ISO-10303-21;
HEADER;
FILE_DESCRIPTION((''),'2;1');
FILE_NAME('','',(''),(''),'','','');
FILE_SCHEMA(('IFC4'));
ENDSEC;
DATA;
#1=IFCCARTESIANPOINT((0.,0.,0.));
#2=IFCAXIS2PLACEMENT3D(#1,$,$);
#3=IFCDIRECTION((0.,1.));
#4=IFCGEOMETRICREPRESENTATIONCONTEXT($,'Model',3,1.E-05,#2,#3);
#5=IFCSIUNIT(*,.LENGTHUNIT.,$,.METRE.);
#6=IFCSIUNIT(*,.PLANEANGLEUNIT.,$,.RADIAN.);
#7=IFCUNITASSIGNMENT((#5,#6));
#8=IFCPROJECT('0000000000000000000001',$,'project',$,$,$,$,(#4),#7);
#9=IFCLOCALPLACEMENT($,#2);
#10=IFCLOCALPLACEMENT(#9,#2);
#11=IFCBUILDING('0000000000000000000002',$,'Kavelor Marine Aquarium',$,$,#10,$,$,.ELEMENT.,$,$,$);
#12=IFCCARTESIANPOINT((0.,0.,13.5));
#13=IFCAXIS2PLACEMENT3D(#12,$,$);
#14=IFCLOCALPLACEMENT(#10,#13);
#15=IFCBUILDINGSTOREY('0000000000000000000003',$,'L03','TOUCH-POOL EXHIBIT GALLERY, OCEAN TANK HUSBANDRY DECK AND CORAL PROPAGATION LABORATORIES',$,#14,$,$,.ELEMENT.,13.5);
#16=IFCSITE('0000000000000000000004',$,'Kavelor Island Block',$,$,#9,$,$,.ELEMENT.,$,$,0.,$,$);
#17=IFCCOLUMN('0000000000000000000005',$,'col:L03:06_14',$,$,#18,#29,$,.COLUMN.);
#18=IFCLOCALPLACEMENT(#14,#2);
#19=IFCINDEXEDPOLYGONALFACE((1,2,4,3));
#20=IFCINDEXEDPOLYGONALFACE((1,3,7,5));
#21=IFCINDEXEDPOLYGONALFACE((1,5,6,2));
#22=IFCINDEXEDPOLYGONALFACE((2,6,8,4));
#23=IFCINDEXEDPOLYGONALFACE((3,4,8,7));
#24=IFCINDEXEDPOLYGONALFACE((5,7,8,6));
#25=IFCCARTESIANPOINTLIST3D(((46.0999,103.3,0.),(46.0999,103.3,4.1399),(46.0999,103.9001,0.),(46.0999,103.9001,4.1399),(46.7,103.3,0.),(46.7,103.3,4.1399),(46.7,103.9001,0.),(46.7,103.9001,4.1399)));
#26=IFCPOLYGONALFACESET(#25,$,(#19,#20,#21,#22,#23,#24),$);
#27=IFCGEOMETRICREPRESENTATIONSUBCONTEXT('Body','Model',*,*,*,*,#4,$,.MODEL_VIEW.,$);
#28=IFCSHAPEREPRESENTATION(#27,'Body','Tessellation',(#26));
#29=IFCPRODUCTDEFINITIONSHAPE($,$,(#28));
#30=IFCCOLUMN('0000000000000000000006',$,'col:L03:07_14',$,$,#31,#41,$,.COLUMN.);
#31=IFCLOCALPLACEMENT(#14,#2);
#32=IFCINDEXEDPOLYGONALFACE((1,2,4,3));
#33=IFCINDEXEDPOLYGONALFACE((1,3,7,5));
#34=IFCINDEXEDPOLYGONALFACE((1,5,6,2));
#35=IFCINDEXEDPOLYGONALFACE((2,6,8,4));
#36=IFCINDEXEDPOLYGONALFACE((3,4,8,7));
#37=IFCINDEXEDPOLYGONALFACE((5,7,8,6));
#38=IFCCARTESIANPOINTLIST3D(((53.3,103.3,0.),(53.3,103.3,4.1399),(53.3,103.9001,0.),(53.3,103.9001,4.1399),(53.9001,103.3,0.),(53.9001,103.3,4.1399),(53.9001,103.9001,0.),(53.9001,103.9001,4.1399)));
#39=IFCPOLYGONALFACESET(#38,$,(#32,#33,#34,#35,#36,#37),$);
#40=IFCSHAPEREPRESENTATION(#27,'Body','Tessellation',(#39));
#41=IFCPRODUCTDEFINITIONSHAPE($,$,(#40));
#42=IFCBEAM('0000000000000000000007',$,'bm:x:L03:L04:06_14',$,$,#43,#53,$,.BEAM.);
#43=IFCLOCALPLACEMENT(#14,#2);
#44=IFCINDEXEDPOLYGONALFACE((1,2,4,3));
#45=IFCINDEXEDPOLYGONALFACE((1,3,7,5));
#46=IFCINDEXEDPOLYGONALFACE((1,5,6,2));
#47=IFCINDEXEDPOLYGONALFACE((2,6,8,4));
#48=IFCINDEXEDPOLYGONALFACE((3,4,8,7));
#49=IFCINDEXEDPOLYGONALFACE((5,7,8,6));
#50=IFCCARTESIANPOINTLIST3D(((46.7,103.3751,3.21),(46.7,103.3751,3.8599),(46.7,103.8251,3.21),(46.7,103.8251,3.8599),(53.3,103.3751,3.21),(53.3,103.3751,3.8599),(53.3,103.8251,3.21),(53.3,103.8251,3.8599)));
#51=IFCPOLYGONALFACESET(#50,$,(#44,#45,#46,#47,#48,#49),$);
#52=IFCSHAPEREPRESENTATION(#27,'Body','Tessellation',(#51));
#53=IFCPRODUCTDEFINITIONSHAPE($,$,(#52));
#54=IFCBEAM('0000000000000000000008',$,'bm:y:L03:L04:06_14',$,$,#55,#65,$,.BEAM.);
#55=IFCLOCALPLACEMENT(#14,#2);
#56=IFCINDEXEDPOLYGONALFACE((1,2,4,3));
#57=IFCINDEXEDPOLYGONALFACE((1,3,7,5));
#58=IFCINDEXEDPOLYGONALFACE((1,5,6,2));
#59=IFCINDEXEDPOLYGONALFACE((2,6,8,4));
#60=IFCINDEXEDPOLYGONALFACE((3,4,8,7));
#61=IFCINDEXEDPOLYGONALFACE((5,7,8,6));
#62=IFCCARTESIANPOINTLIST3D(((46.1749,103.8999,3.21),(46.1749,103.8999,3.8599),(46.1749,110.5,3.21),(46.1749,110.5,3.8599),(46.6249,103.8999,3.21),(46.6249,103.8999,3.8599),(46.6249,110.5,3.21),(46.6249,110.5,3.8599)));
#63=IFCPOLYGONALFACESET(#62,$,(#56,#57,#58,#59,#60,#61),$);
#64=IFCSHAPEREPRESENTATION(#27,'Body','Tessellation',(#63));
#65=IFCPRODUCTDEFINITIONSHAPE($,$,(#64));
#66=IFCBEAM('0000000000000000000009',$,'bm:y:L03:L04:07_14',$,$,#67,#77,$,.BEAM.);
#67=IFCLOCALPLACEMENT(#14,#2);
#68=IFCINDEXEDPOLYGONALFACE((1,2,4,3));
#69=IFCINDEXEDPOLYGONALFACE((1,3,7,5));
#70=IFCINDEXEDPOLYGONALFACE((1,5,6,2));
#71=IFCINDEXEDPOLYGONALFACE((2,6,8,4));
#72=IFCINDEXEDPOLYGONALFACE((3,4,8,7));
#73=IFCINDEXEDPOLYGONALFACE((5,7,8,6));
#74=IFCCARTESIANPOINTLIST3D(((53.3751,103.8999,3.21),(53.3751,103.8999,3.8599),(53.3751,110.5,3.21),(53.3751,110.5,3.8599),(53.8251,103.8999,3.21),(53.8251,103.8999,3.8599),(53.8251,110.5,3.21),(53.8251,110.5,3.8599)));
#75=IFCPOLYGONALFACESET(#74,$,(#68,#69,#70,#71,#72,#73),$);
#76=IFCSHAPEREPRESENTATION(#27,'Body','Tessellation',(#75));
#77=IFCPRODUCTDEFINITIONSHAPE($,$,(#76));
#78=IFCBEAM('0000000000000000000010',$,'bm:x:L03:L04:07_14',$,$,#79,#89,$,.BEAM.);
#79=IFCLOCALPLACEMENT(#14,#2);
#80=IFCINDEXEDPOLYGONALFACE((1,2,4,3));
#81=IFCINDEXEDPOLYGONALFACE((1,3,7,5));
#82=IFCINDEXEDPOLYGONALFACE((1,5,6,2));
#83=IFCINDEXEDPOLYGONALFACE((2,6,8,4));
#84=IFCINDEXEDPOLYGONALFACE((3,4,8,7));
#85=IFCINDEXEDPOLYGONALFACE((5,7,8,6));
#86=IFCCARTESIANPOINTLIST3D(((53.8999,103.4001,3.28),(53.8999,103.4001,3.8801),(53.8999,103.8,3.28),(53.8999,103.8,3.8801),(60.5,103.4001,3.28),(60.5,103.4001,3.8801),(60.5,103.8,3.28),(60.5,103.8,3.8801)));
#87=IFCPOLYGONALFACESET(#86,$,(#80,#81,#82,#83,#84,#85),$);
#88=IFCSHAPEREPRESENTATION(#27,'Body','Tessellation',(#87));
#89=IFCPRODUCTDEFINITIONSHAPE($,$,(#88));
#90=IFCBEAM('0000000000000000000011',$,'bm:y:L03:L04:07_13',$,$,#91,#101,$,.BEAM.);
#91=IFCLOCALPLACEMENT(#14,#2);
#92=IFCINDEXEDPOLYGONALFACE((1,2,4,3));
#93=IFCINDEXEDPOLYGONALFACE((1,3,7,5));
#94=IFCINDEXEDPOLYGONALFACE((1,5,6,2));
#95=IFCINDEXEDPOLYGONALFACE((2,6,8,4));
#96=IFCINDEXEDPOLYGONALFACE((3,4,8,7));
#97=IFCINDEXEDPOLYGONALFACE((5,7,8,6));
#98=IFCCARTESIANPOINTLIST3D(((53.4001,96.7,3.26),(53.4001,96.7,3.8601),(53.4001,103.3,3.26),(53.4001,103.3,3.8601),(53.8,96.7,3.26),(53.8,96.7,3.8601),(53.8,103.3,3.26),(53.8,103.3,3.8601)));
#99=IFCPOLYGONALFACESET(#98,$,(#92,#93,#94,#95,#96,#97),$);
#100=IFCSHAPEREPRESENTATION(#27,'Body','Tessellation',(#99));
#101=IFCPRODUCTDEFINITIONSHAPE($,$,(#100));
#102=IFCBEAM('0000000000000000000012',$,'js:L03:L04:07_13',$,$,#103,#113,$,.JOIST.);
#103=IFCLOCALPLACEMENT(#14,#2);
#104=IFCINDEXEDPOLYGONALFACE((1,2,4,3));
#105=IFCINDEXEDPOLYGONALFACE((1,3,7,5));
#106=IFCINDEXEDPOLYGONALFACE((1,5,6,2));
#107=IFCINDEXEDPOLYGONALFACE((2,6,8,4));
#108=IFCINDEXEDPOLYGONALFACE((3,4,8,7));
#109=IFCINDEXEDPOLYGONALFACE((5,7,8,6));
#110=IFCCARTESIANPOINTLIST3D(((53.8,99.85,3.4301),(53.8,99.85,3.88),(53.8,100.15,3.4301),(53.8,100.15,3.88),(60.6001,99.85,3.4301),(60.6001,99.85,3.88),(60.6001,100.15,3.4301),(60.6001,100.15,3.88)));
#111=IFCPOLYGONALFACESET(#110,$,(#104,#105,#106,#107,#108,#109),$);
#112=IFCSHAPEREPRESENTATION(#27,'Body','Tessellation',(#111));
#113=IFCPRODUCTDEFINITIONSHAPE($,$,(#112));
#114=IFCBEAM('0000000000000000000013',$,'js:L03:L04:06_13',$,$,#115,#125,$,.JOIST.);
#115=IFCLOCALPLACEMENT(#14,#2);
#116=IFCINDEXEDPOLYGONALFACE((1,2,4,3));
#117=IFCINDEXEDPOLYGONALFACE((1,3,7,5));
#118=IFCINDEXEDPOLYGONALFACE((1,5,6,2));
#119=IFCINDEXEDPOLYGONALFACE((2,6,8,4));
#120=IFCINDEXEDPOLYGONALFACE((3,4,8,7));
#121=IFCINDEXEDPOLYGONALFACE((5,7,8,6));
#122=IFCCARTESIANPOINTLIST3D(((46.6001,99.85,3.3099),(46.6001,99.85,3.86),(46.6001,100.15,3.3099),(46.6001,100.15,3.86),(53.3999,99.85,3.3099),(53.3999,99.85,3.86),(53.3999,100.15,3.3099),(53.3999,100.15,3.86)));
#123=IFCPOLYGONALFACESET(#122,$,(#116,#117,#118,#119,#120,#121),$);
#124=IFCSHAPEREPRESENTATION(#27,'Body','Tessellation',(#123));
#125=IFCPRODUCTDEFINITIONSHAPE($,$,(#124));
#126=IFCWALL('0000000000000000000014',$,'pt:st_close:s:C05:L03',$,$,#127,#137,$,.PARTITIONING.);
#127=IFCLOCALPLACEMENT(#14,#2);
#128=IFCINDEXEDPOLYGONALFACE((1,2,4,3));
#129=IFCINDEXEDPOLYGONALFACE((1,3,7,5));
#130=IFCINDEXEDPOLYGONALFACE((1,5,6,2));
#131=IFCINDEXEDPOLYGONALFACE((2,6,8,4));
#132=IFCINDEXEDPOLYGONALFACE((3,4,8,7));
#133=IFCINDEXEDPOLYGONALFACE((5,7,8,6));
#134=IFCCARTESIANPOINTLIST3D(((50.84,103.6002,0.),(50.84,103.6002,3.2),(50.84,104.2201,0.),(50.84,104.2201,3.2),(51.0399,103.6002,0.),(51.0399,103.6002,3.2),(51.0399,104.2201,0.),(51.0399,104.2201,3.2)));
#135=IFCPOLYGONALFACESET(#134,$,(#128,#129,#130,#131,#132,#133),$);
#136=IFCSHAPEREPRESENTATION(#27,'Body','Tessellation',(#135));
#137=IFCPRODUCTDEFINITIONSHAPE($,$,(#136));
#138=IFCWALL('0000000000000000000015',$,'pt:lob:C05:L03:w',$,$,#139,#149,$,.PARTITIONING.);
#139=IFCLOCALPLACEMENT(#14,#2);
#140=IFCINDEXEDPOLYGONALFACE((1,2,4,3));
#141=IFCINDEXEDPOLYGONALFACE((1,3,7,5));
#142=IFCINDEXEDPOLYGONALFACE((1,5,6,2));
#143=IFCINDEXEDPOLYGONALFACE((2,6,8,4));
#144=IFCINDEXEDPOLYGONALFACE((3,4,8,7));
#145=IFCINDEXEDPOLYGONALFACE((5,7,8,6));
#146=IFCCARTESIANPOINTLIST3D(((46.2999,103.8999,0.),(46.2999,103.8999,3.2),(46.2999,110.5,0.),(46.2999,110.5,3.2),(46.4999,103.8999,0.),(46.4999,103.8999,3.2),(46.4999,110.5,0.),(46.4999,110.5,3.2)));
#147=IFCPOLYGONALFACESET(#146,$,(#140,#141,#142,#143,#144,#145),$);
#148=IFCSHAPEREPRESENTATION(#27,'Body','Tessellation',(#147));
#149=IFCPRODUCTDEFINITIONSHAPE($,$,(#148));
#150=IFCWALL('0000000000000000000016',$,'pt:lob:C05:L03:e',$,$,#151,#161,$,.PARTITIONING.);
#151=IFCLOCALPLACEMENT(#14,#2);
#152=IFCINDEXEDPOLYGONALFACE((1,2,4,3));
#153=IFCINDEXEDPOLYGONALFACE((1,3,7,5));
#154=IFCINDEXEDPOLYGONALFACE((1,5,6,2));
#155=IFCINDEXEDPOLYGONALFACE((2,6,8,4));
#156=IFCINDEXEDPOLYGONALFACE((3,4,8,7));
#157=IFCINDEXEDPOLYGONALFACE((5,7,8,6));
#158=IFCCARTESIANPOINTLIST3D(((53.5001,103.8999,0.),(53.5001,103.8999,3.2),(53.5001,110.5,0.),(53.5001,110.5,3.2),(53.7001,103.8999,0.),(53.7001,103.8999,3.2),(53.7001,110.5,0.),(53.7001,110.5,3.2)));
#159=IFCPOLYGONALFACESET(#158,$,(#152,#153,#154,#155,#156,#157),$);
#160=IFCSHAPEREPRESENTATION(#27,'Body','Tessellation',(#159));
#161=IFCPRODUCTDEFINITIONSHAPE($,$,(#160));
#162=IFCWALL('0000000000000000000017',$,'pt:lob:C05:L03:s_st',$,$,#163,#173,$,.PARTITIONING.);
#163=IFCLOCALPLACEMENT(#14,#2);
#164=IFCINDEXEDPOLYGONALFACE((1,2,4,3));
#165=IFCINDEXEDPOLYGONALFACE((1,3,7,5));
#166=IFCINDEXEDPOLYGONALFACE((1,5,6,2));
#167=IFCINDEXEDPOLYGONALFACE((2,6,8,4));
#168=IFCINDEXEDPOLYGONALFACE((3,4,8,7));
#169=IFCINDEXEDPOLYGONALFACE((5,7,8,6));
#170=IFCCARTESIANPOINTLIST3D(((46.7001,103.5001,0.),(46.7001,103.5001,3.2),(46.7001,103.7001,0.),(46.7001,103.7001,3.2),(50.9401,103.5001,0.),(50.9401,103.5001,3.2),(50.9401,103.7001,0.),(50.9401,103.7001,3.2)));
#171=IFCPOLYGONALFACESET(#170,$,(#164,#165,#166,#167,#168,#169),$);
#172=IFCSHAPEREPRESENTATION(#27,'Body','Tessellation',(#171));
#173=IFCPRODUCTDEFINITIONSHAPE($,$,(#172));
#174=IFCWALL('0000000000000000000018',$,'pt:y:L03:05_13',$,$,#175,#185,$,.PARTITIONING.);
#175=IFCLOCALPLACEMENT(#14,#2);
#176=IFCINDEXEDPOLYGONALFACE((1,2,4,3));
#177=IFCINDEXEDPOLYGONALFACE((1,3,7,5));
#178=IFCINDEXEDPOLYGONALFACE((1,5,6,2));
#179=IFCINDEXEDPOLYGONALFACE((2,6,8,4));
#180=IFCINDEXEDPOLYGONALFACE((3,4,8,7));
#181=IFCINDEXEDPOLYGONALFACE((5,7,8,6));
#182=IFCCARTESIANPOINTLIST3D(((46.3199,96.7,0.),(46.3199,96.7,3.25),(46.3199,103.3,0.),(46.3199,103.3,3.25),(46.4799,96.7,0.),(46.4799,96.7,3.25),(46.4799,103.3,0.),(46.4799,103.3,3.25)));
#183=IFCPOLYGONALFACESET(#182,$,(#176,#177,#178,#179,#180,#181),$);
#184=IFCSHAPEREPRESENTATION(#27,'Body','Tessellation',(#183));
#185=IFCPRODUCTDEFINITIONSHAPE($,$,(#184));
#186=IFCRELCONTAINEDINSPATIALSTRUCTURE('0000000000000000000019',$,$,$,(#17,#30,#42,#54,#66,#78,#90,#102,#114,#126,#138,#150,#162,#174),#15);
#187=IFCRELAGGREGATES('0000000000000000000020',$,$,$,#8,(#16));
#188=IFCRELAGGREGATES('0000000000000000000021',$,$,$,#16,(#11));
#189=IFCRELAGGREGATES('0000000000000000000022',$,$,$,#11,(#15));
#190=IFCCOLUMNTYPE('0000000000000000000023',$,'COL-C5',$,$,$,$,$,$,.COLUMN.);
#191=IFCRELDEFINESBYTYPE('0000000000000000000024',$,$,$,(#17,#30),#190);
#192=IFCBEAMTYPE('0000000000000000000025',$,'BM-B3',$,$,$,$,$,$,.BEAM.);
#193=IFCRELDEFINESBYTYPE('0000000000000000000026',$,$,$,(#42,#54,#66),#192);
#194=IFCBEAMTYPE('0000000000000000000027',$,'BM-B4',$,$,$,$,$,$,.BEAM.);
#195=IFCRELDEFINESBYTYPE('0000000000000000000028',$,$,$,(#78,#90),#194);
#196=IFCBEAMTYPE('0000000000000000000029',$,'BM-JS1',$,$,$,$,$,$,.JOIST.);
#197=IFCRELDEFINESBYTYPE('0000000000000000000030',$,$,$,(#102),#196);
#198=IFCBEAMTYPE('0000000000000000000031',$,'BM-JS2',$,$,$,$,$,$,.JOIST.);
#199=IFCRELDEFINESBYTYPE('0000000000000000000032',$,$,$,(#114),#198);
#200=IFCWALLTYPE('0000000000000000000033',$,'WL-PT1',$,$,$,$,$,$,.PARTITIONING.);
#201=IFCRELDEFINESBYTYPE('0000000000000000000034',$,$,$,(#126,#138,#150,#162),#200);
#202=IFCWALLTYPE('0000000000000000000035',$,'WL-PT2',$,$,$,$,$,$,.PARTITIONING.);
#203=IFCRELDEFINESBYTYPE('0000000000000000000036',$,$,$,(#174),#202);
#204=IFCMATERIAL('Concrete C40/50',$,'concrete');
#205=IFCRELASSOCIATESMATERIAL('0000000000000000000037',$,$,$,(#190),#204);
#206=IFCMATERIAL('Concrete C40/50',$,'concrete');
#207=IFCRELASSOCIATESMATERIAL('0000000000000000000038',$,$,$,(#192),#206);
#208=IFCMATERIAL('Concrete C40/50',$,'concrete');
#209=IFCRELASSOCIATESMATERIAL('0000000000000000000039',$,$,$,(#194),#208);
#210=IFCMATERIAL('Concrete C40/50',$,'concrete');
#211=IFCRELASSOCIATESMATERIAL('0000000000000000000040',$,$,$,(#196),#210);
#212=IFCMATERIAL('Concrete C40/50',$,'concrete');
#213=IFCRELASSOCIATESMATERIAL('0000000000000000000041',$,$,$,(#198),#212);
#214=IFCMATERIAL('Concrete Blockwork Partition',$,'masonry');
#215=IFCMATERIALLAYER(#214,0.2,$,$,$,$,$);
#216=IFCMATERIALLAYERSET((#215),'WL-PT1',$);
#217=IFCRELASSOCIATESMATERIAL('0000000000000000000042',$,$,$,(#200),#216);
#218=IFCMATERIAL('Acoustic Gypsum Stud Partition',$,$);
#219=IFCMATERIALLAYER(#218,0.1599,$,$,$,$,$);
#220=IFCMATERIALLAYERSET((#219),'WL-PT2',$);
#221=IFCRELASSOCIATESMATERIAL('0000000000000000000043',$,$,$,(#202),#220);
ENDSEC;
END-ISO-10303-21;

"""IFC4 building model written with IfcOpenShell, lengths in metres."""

from ifc_helpers import new_model, si_unit, direction, frame, frame_2d, origin, origin_2d, place, context, subcontext, project, spatial, rectangle, extrude, material, layer, layer_set, material_profile, profile_set, type_object, element, save


model = new_model("IFC4")

# Units and contexts
model_context = context("Model", 3, precision=1e-05, world=origin(), true_north=direction((0.0, 1.0)))
body_context = subcontext(model_context, "Body", "Model", "MODEL_VIEW")
ifc_project = project(units=[si_unit("LENGTHUNIT", "METRE"), si_unit("PLANEANGLEUNIT", "RADIAN")], contexts=[model_context])

# Site, building, storey
site_placement = place(None, origin())
site = spatial("IfcSite", under=ifc_project, at=site_placement, Name="Kavelor Island Block", CompositionType="ELEMENT", RefElevation=0.0)
building_placement = place(site_placement, origin())
building = spatial("IfcBuilding", under=site, at=building_placement, Name="Kavelor Marine Aquarium", CompositionType="ELEMENT")
storey_placement = place(building_placement, frame((0.0, 0.0, 13.5)))
storey = spatial("IfcBuildingStorey", under=building, at=storey_placement, Name="L03", Description="TOUCH-POOL EXHIBIT GALLERY, OCEAN TANK HUSBANDRY DECK AND CORAL PROPAGATION LABORATORIES", CompositionType="ELEMENT", Elevation=13.5)

# Columns
ifc_material_1 = material(Name="Concrete C40/50", Category="concrete")
ifc_material_profile_1 = material_profile(ifc_material_1, rectangle(XDim=0.6001, YDim=0.6001, at=origin_2d()), Name="RC-COL 600x600")
ifc_profile_set_1 = profile_set([ifc_material_profile_1], Name="Concrete C40/50")
column_type = type_object("IfcColumnType", Name="COL-C5", PredefinedType="COLUMN", material=ifc_profile_set_1)
for number, where, z_axis, x_axis, name in (
    (1, (46.3999, 103.6001, 0.0), (0.0, 0.0, 1.0), (1.0, 0.0, 0.0), "col:L03:06_14"),
    (2, (53.6001, 103.6001, 0.0), (0.0, 0.0, 1.0), (1.0, 0.0, 0.0), "col:L03:07_14"),
):
    element("IfcColumn", number, at=place(storey_placement, frame(where, z_axis=z_axis, x_axis=x_axis)), inside=storey, type_object=column_type, Name=name, PredefinedType="COLUMN", context=body_context, shape_type="SweptSolid", body=[
        extrude(rectangle(XDim=0.6001, YDim=0.6001, at=origin_2d()), origin(), (0.0, 0.0, 1.0), 4.1399),
    ])

# Beams
ifc_material_2 = material(Name="Concrete C40/50", Category="concrete")
ifc_material_profile_2 = material_profile(ifc_material_2, rectangle(XDim=0.45, YDim=0.6499, at=origin_2d()), Name="RC-BM 450x650")
ifc_profile_set_2 = profile_set([ifc_material_profile_2], Name="Concrete C40/50")
beam_type_1 = type_object("IfcBeamType", Name="BM-B3", PredefinedType="BEAM", material=ifc_profile_set_2)
for number, where, z_axis, x_axis, name in (
    (3, (46.7, 103.6001, 3.5349), (1.0, 0.0, 0.0), (0.0, 1.0, 0.0), "bm:x:L03:L04:06_14"),
    (4, (46.3999, 103.8999, 3.5349), (0.0, 1.0, 0.0), (-1.0, 0.0, 0.0), "bm:y:L03:L04:06_14"),
    (5, (53.6001, 103.8999, 3.5349), (0.0, 1.0, 0.0), (-1.0, 0.0, 0.0), "bm:y:L03:L04:07_14"),
):
    element("IfcBeam", number, at=place(storey_placement, frame(where, z_axis=z_axis, x_axis=x_axis)), inside=storey, type_object=beam_type_1, Name=name, PredefinedType="BEAM", context=body_context, shape_type="SweptSolid", body=[
        extrude(rectangle(XDim=0.45, YDim=0.6499, at=origin_2d()), origin(), (0.0, 0.0, 1.0), 6.6001),
    ])
ifc_material_3 = material(Name="Concrete C40/50", Category="concrete")
ifc_material_profile_3 = material_profile(ifc_material_3, rectangle(XDim=0.3999, YDim=0.6001, at=origin_2d()), Name="RC-BM 400x600")
ifc_profile_set_3 = profile_set([ifc_material_profile_3], Name="Concrete C40/50")
beam_type_2 = type_object("IfcBeamType", Name="BM-B4", PredefinedType="BEAM", material=ifc_profile_set_3)
for number, where, z_axis, x_axis, name in (
    (6, (53.8999, 103.6001, 3.5801), (1.0, 0.0, 0.0), (0.0, 1.0, 0.0), "bm:x:L03:L04:07_14"),
    (7, (53.6001, 96.7, 3.5601), (0.0, 1.0, 0.0), (-1.0, 0.0, 0.0), "bm:y:L03:L04:07_13"),
):
    element("IfcBeam", number, at=place(storey_placement, frame(where, z_axis=z_axis, x_axis=x_axis)), inside=storey, type_object=beam_type_2, Name=name, PredefinedType="BEAM", context=body_context, shape_type="SweptSolid", body=[
        extrude(rectangle(XDim=0.3999, YDim=0.6001, at=origin_2d()), origin(), (0.0, 0.0, 1.0), 6.6001),
    ])
ifc_material_4 = material(Name="Concrete C40/50", Category="concrete")
ifc_material_profile_4 = material_profile(ifc_material_4, rectangle(XDim=0.3, YDim=0.45, at=origin_2d()), Name="RC-JS 300x450")
ifc_profile_set_4 = profile_set([ifc_material_profile_4], Name="Concrete C40/50")
beam_type_3 = type_object("IfcBeamType", Name="BM-JS1", PredefinedType="JOIST", material=ifc_profile_set_4)
beam_1_placement = place(storey_placement, frame((53.8, 100.0, 3.655), z_axis=(1.0, 0.0, 0.0), x_axis=(0.0, 1.0, 0.0)))
element("IfcBeam", 8, at=beam_1_placement, inside=storey, type_object=beam_type_3, Name="js:L03:L04:07_13", PredefinedType="JOIST", context=body_context, shape_type="SweptSolid", body=[
    extrude(rectangle(XDim=0.3, YDim=0.45, at=origin_2d()), origin(), (0.0, 0.0, 1.0), 6.8),
])
ifc_material_5 = material(Name="Concrete C40/50", Category="concrete")
ifc_material_profile_5 = material_profile(ifc_material_5, rectangle(XDim=0.3, YDim=0.55, at=origin_2d()), Name="RC-JS 300x550")
ifc_profile_set_5 = profile_set([ifc_material_profile_5], Name="Concrete C40/50")
beam_type_4 = type_object("IfcBeamType", Name="BM-JS2", PredefinedType="JOIST", material=ifc_profile_set_5)
beam_2_placement = place(storey_placement, frame((46.6001, 100.0, 3.585), z_axis=(1.0, 0.0, 0.0), x_axis=(0.0, 1.0, 0.0)))
element("IfcBeam", 9, at=beam_2_placement, inside=storey, type_object=beam_type_4, Name="js:L03:L04:06_13", PredefinedType="JOIST", context=body_context, shape_type="SweptSolid", body=[
    extrude(rectangle(XDim=0.3, YDim=0.55, at=origin_2d()), origin(), (0.0, 0.0, 1.0), 6.7998),
])

# Walls
ifc_material_6 = material(Name="Concrete Blockwork Partition", Category="masonry")
ifc_layer_1 = layer(ifc_material_6, 0.2)
ifc_layer_set_1 = layer_set([ifc_layer_1], Name="WL-PT1")
wall_type_1 = type_object("IfcWallType", Name="WL-PT1", PredefinedType="PARTITIONING", material=ifc_layer_set_1)
wall_1_placement = place(storey_placement, frame((50.9399, 103.6001, 0.0), z_axis=(0.0, 0.0, 1.0), x_axis=(0.0, 1.0, 0.0)))
element("IfcWall", 10, at=wall_1_placement, inside=storey, type_object=wall_type_1, Name="pt:st_close:s:C05:L03", PredefinedType="PARTITIONING", context=body_context, shape_type="SweptSolid", body=[
    extrude(rectangle(XDim=0.6199, YDim=0.2, at=frame_2d((0.3101, 0.0))), origin(), (0.0, 0.0, 1.0), 3.2),
])
for number, where, z_axis, x_axis, name in (
    (11, (46.3999, 103.8999, 0.0), (0.0, 0.0, 1.0), (0.0, 1.0, 0.0), "pt:lob:C05:L03:w"),
    (12, (53.6001, 103.8999, 0.0), (0.0, 0.0, 1.0), (0.0, 1.0, 0.0), "pt:lob:C05:L03:e"),
):
    element("IfcWall", number, at=place(storey_placement, frame(where, z_axis=z_axis, x_axis=x_axis)), inside=storey, type_object=wall_type_1, Name=name, PredefinedType="PARTITIONING", context=body_context, shape_type="SweptSolid", body=[
        extrude(rectangle(XDim=6.6001, YDim=0.2, at=frame_2d((3.3, 0.0))), origin(), (0.0, 0.0, 1.0), 3.2),
    ])
wall_2_placement = place(storey_placement, frame((46.7, 103.6001, 0.0), z_axis=(0.0, 0.0, 1.0), x_axis=(1.0, 0.0, 0.0)))
element("IfcWall", 13, at=wall_2_placement, inside=storey, type_object=wall_type_1, Name="pt:lob:C05:L03:s_st", PredefinedType="PARTITIONING", context=body_context, shape_type="SweptSolid", body=[
    extrude(rectangle(XDim=4.24, YDim=0.2, at=frame_2d((2.1201, 0.0))), origin(), (0.0, 0.0, 1.0), 3.2),
])

# Wall
ifc_material_7 = material(Name="Acoustic Gypsum Stud Partition")
ifc_layer_2 = layer(ifc_material_7, 0.1599)
ifc_layer_set_2 = layer_set([ifc_layer_2], Name="WL-PT2")
wall_type_2 = type_object("IfcWallType", Name="WL-PT2", PredefinedType="PARTITIONING", material=ifc_layer_set_2)
wall_3_placement = place(storey_placement, frame((46.3999, 96.7, 0.0), z_axis=(0.0, 0.0, 1.0), x_axis=(0.0, 1.0, 0.0)))
element("IfcWall", 14, at=wall_3_placement, inside=storey, type_object=wall_type_2, Name="pt:y:L03:05_13", PredefinedType="PARTITIONING", context=body_context, shape_type="SweptSolid", body=[
    extrude(rectangle(XDim=6.6001, YDim=0.1599, at=frame_2d((3.3, 0.0))), origin(), (0.0, 0.0, 1.0), 3.25),
])

save(model, "model.ifc")
